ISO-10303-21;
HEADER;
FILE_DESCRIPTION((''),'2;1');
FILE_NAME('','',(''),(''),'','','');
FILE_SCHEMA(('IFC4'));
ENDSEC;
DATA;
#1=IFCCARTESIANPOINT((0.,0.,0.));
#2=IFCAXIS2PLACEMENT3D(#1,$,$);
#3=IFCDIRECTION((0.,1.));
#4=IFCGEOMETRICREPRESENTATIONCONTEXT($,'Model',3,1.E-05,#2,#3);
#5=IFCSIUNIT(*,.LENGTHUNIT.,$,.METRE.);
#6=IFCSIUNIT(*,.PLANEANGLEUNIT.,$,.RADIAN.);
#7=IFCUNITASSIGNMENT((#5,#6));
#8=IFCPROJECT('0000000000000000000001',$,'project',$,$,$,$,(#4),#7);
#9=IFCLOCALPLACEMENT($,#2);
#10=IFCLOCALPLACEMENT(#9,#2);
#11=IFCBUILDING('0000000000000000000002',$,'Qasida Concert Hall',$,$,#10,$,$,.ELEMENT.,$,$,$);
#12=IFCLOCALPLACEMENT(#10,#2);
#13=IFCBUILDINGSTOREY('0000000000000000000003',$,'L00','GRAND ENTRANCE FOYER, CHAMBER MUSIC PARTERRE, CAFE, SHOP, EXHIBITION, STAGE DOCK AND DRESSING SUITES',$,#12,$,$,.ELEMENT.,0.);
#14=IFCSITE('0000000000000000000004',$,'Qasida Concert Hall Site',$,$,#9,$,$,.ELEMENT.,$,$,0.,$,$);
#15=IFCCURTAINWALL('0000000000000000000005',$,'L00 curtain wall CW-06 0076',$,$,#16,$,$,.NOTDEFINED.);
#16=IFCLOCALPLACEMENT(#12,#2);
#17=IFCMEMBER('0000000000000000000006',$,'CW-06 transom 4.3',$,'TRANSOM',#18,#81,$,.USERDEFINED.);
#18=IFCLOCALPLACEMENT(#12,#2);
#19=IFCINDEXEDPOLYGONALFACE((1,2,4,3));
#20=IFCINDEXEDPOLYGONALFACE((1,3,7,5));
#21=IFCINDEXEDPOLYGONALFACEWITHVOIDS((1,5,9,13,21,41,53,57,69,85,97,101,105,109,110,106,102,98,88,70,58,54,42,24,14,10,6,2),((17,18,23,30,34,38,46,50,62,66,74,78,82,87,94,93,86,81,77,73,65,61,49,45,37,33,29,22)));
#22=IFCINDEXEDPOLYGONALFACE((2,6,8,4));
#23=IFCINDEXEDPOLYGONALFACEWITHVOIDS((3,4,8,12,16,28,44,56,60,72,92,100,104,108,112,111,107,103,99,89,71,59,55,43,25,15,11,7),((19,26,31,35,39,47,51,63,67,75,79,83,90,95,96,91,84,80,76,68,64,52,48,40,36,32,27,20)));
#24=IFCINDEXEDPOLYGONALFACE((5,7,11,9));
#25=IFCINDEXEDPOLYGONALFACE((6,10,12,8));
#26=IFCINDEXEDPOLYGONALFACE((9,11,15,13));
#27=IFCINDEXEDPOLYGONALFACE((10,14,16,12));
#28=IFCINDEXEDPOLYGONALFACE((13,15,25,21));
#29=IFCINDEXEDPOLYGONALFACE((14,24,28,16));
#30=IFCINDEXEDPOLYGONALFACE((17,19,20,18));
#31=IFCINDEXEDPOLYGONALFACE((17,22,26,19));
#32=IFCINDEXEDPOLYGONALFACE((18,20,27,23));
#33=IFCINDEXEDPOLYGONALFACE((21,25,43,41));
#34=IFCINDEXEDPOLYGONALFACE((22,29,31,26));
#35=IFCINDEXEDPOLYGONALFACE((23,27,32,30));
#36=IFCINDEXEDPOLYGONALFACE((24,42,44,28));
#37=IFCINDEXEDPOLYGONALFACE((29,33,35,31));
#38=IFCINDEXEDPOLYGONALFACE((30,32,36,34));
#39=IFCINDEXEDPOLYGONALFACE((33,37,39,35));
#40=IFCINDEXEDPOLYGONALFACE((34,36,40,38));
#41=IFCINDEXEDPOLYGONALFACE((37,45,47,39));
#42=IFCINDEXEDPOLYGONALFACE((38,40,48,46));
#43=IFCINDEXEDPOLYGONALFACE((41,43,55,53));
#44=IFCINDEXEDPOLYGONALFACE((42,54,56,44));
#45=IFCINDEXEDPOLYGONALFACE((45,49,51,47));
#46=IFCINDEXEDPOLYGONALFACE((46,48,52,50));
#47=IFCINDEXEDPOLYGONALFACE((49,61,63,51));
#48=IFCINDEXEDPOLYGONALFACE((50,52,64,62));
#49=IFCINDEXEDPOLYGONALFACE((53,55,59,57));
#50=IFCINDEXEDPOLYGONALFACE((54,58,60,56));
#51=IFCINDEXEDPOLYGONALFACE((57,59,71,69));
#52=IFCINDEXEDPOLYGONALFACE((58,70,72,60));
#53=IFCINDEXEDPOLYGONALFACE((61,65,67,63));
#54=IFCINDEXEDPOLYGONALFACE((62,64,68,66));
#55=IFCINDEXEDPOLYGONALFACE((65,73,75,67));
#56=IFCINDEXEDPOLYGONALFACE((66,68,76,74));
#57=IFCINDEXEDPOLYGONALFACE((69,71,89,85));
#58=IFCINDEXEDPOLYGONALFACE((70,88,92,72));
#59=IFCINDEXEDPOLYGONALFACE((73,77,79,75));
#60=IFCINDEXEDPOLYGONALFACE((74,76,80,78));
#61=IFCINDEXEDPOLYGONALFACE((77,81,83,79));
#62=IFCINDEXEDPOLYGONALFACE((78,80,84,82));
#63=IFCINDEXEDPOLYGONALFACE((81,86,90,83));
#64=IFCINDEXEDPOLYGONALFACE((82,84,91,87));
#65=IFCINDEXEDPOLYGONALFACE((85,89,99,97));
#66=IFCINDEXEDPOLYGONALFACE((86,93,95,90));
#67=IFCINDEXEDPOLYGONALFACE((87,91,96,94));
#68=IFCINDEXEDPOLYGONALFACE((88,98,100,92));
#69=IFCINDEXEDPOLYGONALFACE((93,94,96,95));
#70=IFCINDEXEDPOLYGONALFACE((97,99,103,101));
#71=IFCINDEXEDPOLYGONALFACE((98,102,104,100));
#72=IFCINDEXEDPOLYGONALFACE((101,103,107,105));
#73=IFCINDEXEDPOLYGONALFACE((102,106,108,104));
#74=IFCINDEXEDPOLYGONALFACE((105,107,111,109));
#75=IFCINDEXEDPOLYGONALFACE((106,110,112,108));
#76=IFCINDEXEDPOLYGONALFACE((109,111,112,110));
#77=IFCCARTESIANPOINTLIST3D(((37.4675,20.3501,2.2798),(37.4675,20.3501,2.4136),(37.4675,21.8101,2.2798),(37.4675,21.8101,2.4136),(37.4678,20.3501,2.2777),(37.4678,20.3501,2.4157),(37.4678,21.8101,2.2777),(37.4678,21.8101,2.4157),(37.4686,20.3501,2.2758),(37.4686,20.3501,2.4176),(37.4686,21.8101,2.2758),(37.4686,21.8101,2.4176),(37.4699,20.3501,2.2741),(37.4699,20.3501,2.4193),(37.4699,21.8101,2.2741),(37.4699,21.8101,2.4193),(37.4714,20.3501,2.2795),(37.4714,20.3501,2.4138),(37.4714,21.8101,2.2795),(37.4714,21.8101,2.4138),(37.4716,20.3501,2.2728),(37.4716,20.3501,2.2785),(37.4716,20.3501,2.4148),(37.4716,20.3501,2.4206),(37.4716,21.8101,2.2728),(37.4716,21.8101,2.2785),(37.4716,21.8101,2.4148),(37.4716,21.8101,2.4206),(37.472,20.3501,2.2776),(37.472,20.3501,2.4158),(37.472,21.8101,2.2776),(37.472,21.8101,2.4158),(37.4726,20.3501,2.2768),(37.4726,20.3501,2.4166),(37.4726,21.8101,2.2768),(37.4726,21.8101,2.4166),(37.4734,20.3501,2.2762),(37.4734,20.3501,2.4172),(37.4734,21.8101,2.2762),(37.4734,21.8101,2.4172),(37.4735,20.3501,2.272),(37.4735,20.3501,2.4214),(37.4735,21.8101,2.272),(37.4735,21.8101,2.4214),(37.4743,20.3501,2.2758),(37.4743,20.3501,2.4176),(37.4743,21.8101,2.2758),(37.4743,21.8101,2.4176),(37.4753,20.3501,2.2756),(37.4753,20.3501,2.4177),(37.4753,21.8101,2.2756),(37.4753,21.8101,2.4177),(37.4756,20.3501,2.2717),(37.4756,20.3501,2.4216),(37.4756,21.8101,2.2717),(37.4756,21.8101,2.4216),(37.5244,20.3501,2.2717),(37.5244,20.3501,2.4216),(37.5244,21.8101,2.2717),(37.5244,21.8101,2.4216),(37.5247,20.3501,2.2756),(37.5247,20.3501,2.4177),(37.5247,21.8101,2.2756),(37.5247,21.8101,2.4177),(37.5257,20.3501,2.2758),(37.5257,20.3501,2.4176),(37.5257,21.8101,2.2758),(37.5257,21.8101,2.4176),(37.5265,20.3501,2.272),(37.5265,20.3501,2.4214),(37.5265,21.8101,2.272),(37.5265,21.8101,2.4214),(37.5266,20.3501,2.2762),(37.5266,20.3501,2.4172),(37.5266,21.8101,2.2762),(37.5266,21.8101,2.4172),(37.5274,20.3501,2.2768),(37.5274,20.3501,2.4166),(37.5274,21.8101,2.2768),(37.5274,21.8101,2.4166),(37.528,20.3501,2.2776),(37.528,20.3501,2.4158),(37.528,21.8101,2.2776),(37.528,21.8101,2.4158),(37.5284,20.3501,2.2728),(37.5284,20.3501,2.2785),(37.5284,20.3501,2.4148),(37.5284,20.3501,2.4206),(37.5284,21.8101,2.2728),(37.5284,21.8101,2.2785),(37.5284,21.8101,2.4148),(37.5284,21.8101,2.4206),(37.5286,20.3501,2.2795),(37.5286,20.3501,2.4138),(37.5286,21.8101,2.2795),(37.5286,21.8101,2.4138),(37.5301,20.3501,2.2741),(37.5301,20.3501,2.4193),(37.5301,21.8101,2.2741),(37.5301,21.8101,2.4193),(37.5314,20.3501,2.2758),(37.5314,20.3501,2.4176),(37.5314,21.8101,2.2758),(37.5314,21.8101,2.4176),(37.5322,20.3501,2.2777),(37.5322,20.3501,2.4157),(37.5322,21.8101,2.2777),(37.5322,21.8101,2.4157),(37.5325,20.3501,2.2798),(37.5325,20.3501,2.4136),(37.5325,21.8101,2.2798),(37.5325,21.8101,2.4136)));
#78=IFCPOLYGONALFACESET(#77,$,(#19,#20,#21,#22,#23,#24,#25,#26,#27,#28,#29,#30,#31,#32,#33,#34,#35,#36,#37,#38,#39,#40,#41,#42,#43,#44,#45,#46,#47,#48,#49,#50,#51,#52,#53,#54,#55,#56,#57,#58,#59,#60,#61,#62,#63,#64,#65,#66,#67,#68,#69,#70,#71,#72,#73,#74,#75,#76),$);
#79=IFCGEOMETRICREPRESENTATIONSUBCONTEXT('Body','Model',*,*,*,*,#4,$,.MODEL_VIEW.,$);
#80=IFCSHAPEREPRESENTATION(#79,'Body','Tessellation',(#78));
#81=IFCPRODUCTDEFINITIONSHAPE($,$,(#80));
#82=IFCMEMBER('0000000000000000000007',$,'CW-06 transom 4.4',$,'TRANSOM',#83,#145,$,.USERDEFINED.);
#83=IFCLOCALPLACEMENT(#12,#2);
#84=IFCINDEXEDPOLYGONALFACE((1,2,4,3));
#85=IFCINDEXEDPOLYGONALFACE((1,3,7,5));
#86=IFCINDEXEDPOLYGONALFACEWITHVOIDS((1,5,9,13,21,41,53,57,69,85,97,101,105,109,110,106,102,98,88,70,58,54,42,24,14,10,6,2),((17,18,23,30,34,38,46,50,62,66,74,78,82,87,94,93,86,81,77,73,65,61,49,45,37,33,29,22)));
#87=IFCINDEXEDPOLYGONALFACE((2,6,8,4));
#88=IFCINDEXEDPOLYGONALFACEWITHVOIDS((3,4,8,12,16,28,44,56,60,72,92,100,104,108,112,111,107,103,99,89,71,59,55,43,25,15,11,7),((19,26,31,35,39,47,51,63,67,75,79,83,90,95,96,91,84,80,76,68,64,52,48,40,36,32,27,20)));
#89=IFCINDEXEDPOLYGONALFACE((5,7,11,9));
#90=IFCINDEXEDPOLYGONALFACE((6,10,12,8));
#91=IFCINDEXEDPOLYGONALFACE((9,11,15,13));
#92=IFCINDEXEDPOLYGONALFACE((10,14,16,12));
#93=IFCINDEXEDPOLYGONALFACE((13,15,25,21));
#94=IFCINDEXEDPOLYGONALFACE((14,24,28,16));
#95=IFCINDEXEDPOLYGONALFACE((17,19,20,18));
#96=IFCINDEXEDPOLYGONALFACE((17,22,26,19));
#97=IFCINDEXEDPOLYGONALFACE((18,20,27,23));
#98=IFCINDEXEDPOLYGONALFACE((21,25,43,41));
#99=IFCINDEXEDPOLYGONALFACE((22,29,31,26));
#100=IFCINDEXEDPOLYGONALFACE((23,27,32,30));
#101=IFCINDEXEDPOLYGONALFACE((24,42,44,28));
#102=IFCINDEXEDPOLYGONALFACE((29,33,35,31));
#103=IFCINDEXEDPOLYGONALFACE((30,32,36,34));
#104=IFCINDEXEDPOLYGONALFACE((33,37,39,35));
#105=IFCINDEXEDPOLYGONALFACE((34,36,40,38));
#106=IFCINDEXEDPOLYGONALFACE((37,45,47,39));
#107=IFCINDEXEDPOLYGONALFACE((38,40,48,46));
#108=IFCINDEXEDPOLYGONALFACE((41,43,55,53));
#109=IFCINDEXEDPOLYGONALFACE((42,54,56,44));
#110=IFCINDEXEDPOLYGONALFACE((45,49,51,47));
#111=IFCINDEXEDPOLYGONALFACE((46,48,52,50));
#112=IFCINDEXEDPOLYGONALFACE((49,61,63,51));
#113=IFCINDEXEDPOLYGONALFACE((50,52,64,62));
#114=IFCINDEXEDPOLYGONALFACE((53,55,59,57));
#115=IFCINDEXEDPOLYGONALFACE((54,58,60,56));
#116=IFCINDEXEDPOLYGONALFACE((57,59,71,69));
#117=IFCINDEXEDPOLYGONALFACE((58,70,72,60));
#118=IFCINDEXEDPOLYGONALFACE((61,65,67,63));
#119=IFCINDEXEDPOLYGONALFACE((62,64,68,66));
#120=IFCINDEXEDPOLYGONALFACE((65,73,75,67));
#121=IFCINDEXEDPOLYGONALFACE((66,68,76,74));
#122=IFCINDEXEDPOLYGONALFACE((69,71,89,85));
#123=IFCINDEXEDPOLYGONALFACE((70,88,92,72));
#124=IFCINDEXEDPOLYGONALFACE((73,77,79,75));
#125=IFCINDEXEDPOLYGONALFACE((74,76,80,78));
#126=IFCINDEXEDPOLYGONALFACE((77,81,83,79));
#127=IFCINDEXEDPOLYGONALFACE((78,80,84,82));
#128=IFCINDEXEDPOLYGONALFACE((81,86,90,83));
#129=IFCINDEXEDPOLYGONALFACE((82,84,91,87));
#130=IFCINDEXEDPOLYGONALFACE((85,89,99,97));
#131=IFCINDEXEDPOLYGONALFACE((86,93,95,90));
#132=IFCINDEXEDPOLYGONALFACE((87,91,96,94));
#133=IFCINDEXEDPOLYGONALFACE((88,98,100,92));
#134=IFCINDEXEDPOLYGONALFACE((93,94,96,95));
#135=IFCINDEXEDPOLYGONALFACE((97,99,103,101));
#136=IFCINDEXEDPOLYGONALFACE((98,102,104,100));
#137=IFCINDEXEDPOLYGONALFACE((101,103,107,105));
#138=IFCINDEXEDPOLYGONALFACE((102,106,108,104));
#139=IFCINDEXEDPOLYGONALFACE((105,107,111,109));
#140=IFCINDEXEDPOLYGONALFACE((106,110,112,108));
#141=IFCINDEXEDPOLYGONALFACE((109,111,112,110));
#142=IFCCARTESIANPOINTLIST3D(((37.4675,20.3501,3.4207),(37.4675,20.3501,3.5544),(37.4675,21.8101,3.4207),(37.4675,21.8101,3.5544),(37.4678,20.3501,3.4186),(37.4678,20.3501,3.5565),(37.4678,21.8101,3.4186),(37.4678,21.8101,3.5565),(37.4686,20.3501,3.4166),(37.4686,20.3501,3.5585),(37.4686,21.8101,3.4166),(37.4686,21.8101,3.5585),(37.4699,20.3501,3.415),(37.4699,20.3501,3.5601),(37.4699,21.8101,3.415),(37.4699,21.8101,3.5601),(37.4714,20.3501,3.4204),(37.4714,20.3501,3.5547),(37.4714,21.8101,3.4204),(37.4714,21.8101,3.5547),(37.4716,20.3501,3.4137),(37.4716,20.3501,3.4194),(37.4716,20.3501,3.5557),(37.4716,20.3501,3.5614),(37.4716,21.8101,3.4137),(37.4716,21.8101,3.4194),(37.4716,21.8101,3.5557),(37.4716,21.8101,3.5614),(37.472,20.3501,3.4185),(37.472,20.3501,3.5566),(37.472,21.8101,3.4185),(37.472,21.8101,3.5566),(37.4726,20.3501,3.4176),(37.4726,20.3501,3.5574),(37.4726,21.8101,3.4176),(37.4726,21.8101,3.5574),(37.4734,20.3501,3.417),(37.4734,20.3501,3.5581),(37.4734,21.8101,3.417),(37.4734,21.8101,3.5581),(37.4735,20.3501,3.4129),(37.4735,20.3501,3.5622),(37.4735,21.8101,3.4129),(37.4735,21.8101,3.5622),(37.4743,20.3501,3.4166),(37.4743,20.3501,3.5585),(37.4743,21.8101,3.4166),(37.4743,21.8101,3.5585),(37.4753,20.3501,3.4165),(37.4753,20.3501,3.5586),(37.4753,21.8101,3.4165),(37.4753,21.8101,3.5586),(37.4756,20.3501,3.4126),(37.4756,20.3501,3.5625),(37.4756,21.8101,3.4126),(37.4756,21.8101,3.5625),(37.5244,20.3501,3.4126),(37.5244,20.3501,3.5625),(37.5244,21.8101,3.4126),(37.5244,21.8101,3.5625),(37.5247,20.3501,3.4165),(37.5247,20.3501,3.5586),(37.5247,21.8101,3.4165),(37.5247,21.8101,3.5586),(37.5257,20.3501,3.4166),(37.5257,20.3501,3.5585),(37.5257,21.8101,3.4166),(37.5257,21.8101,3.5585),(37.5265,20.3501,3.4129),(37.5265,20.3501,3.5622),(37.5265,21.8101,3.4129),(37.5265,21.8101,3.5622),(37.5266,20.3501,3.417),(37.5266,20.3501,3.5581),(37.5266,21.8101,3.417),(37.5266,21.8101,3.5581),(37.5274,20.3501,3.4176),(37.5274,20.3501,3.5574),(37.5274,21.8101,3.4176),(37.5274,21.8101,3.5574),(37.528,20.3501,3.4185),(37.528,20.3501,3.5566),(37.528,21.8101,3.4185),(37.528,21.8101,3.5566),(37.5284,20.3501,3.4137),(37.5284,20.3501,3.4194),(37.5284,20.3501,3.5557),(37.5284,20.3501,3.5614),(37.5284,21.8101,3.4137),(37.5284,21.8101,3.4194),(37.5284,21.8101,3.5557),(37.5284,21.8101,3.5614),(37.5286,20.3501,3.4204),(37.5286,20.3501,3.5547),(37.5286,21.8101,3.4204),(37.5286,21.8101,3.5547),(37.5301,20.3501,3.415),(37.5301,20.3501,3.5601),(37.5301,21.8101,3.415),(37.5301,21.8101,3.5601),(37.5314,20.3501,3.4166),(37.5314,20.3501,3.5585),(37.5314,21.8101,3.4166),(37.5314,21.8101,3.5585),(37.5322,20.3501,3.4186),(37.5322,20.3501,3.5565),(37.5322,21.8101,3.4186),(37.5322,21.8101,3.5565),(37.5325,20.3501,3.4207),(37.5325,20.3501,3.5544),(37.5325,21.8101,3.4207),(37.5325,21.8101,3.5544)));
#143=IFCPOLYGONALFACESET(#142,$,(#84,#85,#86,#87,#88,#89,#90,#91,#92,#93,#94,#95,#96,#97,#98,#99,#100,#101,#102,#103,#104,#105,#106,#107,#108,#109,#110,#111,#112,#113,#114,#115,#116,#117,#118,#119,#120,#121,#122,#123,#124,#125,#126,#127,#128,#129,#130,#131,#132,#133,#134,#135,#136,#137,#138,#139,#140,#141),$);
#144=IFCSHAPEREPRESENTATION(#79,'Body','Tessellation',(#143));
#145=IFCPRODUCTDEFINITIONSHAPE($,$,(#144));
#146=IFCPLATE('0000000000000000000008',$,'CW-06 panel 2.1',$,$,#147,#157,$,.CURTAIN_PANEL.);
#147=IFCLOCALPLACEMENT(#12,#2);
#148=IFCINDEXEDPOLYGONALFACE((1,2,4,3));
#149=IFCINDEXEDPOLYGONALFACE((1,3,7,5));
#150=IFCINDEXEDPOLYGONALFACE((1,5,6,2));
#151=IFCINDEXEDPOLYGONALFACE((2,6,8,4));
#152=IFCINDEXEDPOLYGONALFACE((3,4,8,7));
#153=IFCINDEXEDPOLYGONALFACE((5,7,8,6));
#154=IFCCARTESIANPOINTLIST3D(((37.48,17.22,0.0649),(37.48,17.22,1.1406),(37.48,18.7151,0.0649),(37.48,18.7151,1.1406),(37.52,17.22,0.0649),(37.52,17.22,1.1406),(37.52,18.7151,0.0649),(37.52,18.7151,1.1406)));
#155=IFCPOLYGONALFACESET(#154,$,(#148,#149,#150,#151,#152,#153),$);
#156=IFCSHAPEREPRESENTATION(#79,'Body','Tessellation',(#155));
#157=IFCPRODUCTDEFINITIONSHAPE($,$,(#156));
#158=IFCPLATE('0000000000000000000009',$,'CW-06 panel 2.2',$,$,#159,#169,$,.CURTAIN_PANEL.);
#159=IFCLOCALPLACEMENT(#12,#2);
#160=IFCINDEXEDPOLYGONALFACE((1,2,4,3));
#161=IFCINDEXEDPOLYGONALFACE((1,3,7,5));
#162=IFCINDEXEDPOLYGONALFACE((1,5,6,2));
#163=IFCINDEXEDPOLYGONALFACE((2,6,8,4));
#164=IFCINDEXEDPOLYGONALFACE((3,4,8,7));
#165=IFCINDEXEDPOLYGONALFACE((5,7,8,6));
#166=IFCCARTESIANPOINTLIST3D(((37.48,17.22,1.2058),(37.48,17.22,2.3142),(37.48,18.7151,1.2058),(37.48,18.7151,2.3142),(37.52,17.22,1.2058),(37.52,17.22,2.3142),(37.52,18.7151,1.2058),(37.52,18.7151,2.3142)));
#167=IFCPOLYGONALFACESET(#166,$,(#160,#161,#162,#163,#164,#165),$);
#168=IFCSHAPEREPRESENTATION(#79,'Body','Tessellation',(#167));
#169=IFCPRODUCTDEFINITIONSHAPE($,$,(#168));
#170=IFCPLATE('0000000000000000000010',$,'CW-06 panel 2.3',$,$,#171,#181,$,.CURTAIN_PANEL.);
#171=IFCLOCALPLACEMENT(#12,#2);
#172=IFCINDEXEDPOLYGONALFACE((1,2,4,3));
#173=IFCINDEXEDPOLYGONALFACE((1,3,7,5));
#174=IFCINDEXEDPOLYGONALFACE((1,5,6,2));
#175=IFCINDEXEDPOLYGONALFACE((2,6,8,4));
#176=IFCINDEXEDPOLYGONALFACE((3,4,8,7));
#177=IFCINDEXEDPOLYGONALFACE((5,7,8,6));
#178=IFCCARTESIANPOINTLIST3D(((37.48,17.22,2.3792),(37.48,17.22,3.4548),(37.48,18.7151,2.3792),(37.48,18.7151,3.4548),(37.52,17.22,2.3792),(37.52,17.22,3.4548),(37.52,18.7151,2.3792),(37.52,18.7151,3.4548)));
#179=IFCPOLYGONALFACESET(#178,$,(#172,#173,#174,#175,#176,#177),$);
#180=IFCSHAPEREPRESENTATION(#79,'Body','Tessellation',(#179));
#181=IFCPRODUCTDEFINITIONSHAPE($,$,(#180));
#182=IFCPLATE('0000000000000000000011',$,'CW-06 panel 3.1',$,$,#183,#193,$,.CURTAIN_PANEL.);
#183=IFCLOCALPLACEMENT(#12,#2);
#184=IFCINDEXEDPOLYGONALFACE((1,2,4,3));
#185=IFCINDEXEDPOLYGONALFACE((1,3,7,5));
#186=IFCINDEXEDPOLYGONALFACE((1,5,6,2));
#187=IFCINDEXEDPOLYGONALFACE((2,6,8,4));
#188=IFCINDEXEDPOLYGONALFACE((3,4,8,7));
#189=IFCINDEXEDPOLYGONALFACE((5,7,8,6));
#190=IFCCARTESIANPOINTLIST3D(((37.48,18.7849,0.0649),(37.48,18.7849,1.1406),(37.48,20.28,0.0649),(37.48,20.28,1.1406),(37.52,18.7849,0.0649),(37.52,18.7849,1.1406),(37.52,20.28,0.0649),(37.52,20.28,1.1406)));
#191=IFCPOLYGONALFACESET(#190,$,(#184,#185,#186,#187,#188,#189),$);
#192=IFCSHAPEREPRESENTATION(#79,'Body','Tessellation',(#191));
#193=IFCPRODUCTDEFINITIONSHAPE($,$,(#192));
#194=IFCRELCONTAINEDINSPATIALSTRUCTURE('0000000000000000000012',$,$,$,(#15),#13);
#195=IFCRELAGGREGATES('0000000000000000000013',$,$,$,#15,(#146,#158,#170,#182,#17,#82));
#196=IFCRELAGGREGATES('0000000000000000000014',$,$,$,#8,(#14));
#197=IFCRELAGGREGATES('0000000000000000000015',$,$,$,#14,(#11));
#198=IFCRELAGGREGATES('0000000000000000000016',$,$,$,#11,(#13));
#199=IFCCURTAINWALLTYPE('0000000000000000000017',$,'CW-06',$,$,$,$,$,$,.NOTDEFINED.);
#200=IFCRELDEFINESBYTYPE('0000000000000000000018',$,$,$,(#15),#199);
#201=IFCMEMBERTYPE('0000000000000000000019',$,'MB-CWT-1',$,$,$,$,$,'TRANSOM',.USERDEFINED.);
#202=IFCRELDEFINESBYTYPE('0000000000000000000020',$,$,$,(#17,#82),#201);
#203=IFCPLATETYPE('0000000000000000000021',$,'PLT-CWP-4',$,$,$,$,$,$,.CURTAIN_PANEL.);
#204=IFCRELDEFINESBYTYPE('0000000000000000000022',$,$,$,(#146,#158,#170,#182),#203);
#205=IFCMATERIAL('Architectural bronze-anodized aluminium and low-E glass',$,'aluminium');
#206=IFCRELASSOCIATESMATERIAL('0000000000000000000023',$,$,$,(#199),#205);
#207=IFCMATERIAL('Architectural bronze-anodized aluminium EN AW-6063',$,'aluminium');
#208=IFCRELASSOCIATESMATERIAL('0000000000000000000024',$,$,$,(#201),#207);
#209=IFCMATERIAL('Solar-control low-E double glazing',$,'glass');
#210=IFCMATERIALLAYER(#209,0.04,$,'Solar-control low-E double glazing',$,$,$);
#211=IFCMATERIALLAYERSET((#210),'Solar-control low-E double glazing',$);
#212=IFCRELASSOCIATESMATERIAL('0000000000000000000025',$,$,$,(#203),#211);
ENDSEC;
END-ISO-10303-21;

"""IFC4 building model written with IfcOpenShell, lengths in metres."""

from ifc_helpers import new_model, si_unit, direction, frame, origin, origin_2d, place, context, subcontext, project, spatial, rectangle, hollow_rectangle, extrude, material, layer, layer_set, material_profile, profile_set, type_object, element, aggregate, save


model = new_model("IFC4")

# Units and contexts
model_context = context("Model", 3, precision=1e-05, world=origin(), true_north=direction((0.0, 1.0)))
body_context = subcontext(model_context, "Body", "Model", "MODEL_VIEW")
ifc_project = project(units=[si_unit("LENGTHUNIT", "METRE"), si_unit("PLANEANGLEUNIT", "RADIAN")], contexts=[model_context])

# Site, building, storey
site_placement = place(None, origin())
site = spatial("IfcSite", under=ifc_project, at=site_placement, Name="Qasida Concert Hall Site", CompositionType="ELEMENT", RefElevation=0.0)
building_placement = place(site_placement, origin())
building = spatial("IfcBuilding", under=site, at=building_placement, Name="Qasida Concert Hall", CompositionType="ELEMENT")
storey_placement = place(building_placement, origin())
storey = spatial("IfcBuildingStorey", under=building, at=storey_placement, Name="L00", Description="GRAND ENTRANCE FOYER, CHAMBER MUSIC PARTERRE, CAFE, SHOP, EXHIBITION, STAGE DOCK AND DRESSING SUITES", CompositionType="ELEMENT", Elevation=0.0)

# Curtain wall, members, plates
ifc_material_1 = material(Name="Architectural bronze-anodized aluminium and low-E glass", Category="aluminium")
curtain_wall_type = type_object("IfcCurtainWallType", Name="CW-06", PredefinedType="NOTDEFINED", material=ifc_material_1)
curtain_wall_placement = place(storey_placement, origin())
curtain_wall = element("IfcCurtainWall", 1, at=curtain_wall_placement, inside=storey, type_object=curtain_wall_type, Name="L00 curtain wall CW-06 0076", PredefinedType="NOTDEFINED")
ifc_material_2 = material(Name="Architectural bronze-anodized aluminium EN AW-6063", Category="aluminium")
ifc_material_profile_1 = material_profile(ifc_material_2, hollow_rectangle(XDim=0.0649, YDim=0.1499, WallThickness=0.0039, InnerFilletRadius=0.0039, OuterFilletRadius=0.0081, at=origin_2d()), Name="CWT 150x65x4")
ifc_profile_set_1 = profile_set([ifc_material_profile_1], Name="Architectural bronze-anodized aluminium EN AW-6063")
member_type_1 = type_object("IfcMemberType", Name="MB-CWT-1", ElementType="TRANSOM", PredefinedType="USERDEFINED", material=ifc_profile_set_1)
member_1_placement = place(storey_placement, frame((37.5, 20.3501, 2.3467), z_axis=(0.0, 1.0, 0.0), x_axis=(-1.0, 0.0, 0.0)))
member_1 = element("IfcMember", 2, at=member_1_placement, type_object=member_type_1, Name="CW-06 transom 4.3", ObjectType="TRANSOM", PredefinedType="USERDEFINED", context=body_context, shape_type="SweptSolid", body=[
    extrude(hollow_rectangle(XDim=0.0649, YDim=0.1499, WallThickness=0.0039, InnerFilletRadius=0.0039, OuterFilletRadius=0.0081, at=origin_2d()), origin(), (0.0, 0.0, 1.0), 1.46),
])
member_2_placement = place(storey_placement, frame((37.5, 20.3501, 3.4875), z_axis=(0.0, 1.0, 0.0), x_axis=(-1.0, 0.0, 0.0)))
member_2 = element("IfcMember", 3, at=member_2_placement, type_object=member_type_1, Name="CW-06 transom 4.4", ObjectType="TRANSOM", PredefinedType="USERDEFINED", context=body_context, shape_type="SweptSolid", body=[
    extrude(hollow_rectangle(XDim=0.0649, YDim=0.1499, WallThickness=0.0039, InnerFilletRadius=0.0039, OuterFilletRadius=0.0081, at=origin_2d()), origin(), (0.0, 0.0, 1.0), 1.46),
])
ifc_material_3 = material(Name="Solar-control low-E double glazing", Category="glass")
ifc_layer = layer(ifc_material_3, 0.04, Name="Solar-control low-E double glazing")
ifc_layer_set = layer_set([ifc_layer], Name="Solar-control low-E double glazing")
plate_type = type_object("IfcPlateType", Name="PLT-CWP-4", PredefinedType="CURTAIN_PANEL", material=ifc_layer_set)
plate_1_placement = place(storey_placement, frame((37.5, 17.9675, 0.0649), z_axis=(0.0, 0.0, 1.0), x_axis=(0.0, 1.0, 0.0)))
plate_1 = element("IfcPlate", 4, at=plate_1_placement, type_object=plate_type, Name="CW-06 panel 2.1", PredefinedType="CURTAIN_PANEL", context=body_context, shape_type="SweptSolid", body=[
    extrude(rectangle(XDim=1.4951, YDim=0.04, at=origin_2d()), origin(), (0.0, 0.0, 1.0), 1.0757),
])
plate_2_placement = place(storey_placement, frame((37.5, 17.9675, 1.2058), z_axis=(0.0, 0.0, 1.0), x_axis=(0.0, 1.0, 0.0)))
plate_2 = element("IfcPlate", 5, at=plate_2_placement, type_object=plate_type, Name="CW-06 panel 2.2", PredefinedType="CURTAIN_PANEL", context=body_context, shape_type="SweptSolid", body=[
    extrude(rectangle(XDim=1.4951, YDim=0.04, at=origin_2d()), origin(), (0.0, 0.0, 1.0), 1.1084),
])
plate_3_placement = place(storey_placement, frame((37.5, 17.9675, 2.3792), z_axis=(0.0, 0.0, 1.0), x_axis=(0.0, 1.0, 0.0)))
plate_3 = element("IfcPlate", 6, at=plate_3_placement, type_object=plate_type, Name="CW-06 panel 2.3", PredefinedType="CURTAIN_PANEL", context=body_context, shape_type="SweptSolid", body=[
    extrude(rectangle(XDim=1.4951, YDim=0.04, at=origin_2d()), origin(), (0.0, 0.0, 1.0), 1.0757),
])
plate_4_placement = place(storey_placement, frame((37.5, 19.5325, 0.0649), z_axis=(0.0, 0.0, 1.0), x_axis=(0.0, 1.0, 0.0)))
plate_4 = element("IfcPlate", 7, at=plate_4_placement, type_object=plate_type, Name="CW-06 panel 3.1", PredefinedType="CURTAIN_PANEL", context=body_context, shape_type="SweptSolid", body=[
    extrude(rectangle(XDim=1.4951, YDim=0.04, at=origin_2d()), origin(), (0.0, 0.0, 1.0), 1.0757),
])
aggregate(curtain_wall, [plate_1, plate_2, plate_3, plate_4, member_1, member_2])

save(model, "model.ifc")
